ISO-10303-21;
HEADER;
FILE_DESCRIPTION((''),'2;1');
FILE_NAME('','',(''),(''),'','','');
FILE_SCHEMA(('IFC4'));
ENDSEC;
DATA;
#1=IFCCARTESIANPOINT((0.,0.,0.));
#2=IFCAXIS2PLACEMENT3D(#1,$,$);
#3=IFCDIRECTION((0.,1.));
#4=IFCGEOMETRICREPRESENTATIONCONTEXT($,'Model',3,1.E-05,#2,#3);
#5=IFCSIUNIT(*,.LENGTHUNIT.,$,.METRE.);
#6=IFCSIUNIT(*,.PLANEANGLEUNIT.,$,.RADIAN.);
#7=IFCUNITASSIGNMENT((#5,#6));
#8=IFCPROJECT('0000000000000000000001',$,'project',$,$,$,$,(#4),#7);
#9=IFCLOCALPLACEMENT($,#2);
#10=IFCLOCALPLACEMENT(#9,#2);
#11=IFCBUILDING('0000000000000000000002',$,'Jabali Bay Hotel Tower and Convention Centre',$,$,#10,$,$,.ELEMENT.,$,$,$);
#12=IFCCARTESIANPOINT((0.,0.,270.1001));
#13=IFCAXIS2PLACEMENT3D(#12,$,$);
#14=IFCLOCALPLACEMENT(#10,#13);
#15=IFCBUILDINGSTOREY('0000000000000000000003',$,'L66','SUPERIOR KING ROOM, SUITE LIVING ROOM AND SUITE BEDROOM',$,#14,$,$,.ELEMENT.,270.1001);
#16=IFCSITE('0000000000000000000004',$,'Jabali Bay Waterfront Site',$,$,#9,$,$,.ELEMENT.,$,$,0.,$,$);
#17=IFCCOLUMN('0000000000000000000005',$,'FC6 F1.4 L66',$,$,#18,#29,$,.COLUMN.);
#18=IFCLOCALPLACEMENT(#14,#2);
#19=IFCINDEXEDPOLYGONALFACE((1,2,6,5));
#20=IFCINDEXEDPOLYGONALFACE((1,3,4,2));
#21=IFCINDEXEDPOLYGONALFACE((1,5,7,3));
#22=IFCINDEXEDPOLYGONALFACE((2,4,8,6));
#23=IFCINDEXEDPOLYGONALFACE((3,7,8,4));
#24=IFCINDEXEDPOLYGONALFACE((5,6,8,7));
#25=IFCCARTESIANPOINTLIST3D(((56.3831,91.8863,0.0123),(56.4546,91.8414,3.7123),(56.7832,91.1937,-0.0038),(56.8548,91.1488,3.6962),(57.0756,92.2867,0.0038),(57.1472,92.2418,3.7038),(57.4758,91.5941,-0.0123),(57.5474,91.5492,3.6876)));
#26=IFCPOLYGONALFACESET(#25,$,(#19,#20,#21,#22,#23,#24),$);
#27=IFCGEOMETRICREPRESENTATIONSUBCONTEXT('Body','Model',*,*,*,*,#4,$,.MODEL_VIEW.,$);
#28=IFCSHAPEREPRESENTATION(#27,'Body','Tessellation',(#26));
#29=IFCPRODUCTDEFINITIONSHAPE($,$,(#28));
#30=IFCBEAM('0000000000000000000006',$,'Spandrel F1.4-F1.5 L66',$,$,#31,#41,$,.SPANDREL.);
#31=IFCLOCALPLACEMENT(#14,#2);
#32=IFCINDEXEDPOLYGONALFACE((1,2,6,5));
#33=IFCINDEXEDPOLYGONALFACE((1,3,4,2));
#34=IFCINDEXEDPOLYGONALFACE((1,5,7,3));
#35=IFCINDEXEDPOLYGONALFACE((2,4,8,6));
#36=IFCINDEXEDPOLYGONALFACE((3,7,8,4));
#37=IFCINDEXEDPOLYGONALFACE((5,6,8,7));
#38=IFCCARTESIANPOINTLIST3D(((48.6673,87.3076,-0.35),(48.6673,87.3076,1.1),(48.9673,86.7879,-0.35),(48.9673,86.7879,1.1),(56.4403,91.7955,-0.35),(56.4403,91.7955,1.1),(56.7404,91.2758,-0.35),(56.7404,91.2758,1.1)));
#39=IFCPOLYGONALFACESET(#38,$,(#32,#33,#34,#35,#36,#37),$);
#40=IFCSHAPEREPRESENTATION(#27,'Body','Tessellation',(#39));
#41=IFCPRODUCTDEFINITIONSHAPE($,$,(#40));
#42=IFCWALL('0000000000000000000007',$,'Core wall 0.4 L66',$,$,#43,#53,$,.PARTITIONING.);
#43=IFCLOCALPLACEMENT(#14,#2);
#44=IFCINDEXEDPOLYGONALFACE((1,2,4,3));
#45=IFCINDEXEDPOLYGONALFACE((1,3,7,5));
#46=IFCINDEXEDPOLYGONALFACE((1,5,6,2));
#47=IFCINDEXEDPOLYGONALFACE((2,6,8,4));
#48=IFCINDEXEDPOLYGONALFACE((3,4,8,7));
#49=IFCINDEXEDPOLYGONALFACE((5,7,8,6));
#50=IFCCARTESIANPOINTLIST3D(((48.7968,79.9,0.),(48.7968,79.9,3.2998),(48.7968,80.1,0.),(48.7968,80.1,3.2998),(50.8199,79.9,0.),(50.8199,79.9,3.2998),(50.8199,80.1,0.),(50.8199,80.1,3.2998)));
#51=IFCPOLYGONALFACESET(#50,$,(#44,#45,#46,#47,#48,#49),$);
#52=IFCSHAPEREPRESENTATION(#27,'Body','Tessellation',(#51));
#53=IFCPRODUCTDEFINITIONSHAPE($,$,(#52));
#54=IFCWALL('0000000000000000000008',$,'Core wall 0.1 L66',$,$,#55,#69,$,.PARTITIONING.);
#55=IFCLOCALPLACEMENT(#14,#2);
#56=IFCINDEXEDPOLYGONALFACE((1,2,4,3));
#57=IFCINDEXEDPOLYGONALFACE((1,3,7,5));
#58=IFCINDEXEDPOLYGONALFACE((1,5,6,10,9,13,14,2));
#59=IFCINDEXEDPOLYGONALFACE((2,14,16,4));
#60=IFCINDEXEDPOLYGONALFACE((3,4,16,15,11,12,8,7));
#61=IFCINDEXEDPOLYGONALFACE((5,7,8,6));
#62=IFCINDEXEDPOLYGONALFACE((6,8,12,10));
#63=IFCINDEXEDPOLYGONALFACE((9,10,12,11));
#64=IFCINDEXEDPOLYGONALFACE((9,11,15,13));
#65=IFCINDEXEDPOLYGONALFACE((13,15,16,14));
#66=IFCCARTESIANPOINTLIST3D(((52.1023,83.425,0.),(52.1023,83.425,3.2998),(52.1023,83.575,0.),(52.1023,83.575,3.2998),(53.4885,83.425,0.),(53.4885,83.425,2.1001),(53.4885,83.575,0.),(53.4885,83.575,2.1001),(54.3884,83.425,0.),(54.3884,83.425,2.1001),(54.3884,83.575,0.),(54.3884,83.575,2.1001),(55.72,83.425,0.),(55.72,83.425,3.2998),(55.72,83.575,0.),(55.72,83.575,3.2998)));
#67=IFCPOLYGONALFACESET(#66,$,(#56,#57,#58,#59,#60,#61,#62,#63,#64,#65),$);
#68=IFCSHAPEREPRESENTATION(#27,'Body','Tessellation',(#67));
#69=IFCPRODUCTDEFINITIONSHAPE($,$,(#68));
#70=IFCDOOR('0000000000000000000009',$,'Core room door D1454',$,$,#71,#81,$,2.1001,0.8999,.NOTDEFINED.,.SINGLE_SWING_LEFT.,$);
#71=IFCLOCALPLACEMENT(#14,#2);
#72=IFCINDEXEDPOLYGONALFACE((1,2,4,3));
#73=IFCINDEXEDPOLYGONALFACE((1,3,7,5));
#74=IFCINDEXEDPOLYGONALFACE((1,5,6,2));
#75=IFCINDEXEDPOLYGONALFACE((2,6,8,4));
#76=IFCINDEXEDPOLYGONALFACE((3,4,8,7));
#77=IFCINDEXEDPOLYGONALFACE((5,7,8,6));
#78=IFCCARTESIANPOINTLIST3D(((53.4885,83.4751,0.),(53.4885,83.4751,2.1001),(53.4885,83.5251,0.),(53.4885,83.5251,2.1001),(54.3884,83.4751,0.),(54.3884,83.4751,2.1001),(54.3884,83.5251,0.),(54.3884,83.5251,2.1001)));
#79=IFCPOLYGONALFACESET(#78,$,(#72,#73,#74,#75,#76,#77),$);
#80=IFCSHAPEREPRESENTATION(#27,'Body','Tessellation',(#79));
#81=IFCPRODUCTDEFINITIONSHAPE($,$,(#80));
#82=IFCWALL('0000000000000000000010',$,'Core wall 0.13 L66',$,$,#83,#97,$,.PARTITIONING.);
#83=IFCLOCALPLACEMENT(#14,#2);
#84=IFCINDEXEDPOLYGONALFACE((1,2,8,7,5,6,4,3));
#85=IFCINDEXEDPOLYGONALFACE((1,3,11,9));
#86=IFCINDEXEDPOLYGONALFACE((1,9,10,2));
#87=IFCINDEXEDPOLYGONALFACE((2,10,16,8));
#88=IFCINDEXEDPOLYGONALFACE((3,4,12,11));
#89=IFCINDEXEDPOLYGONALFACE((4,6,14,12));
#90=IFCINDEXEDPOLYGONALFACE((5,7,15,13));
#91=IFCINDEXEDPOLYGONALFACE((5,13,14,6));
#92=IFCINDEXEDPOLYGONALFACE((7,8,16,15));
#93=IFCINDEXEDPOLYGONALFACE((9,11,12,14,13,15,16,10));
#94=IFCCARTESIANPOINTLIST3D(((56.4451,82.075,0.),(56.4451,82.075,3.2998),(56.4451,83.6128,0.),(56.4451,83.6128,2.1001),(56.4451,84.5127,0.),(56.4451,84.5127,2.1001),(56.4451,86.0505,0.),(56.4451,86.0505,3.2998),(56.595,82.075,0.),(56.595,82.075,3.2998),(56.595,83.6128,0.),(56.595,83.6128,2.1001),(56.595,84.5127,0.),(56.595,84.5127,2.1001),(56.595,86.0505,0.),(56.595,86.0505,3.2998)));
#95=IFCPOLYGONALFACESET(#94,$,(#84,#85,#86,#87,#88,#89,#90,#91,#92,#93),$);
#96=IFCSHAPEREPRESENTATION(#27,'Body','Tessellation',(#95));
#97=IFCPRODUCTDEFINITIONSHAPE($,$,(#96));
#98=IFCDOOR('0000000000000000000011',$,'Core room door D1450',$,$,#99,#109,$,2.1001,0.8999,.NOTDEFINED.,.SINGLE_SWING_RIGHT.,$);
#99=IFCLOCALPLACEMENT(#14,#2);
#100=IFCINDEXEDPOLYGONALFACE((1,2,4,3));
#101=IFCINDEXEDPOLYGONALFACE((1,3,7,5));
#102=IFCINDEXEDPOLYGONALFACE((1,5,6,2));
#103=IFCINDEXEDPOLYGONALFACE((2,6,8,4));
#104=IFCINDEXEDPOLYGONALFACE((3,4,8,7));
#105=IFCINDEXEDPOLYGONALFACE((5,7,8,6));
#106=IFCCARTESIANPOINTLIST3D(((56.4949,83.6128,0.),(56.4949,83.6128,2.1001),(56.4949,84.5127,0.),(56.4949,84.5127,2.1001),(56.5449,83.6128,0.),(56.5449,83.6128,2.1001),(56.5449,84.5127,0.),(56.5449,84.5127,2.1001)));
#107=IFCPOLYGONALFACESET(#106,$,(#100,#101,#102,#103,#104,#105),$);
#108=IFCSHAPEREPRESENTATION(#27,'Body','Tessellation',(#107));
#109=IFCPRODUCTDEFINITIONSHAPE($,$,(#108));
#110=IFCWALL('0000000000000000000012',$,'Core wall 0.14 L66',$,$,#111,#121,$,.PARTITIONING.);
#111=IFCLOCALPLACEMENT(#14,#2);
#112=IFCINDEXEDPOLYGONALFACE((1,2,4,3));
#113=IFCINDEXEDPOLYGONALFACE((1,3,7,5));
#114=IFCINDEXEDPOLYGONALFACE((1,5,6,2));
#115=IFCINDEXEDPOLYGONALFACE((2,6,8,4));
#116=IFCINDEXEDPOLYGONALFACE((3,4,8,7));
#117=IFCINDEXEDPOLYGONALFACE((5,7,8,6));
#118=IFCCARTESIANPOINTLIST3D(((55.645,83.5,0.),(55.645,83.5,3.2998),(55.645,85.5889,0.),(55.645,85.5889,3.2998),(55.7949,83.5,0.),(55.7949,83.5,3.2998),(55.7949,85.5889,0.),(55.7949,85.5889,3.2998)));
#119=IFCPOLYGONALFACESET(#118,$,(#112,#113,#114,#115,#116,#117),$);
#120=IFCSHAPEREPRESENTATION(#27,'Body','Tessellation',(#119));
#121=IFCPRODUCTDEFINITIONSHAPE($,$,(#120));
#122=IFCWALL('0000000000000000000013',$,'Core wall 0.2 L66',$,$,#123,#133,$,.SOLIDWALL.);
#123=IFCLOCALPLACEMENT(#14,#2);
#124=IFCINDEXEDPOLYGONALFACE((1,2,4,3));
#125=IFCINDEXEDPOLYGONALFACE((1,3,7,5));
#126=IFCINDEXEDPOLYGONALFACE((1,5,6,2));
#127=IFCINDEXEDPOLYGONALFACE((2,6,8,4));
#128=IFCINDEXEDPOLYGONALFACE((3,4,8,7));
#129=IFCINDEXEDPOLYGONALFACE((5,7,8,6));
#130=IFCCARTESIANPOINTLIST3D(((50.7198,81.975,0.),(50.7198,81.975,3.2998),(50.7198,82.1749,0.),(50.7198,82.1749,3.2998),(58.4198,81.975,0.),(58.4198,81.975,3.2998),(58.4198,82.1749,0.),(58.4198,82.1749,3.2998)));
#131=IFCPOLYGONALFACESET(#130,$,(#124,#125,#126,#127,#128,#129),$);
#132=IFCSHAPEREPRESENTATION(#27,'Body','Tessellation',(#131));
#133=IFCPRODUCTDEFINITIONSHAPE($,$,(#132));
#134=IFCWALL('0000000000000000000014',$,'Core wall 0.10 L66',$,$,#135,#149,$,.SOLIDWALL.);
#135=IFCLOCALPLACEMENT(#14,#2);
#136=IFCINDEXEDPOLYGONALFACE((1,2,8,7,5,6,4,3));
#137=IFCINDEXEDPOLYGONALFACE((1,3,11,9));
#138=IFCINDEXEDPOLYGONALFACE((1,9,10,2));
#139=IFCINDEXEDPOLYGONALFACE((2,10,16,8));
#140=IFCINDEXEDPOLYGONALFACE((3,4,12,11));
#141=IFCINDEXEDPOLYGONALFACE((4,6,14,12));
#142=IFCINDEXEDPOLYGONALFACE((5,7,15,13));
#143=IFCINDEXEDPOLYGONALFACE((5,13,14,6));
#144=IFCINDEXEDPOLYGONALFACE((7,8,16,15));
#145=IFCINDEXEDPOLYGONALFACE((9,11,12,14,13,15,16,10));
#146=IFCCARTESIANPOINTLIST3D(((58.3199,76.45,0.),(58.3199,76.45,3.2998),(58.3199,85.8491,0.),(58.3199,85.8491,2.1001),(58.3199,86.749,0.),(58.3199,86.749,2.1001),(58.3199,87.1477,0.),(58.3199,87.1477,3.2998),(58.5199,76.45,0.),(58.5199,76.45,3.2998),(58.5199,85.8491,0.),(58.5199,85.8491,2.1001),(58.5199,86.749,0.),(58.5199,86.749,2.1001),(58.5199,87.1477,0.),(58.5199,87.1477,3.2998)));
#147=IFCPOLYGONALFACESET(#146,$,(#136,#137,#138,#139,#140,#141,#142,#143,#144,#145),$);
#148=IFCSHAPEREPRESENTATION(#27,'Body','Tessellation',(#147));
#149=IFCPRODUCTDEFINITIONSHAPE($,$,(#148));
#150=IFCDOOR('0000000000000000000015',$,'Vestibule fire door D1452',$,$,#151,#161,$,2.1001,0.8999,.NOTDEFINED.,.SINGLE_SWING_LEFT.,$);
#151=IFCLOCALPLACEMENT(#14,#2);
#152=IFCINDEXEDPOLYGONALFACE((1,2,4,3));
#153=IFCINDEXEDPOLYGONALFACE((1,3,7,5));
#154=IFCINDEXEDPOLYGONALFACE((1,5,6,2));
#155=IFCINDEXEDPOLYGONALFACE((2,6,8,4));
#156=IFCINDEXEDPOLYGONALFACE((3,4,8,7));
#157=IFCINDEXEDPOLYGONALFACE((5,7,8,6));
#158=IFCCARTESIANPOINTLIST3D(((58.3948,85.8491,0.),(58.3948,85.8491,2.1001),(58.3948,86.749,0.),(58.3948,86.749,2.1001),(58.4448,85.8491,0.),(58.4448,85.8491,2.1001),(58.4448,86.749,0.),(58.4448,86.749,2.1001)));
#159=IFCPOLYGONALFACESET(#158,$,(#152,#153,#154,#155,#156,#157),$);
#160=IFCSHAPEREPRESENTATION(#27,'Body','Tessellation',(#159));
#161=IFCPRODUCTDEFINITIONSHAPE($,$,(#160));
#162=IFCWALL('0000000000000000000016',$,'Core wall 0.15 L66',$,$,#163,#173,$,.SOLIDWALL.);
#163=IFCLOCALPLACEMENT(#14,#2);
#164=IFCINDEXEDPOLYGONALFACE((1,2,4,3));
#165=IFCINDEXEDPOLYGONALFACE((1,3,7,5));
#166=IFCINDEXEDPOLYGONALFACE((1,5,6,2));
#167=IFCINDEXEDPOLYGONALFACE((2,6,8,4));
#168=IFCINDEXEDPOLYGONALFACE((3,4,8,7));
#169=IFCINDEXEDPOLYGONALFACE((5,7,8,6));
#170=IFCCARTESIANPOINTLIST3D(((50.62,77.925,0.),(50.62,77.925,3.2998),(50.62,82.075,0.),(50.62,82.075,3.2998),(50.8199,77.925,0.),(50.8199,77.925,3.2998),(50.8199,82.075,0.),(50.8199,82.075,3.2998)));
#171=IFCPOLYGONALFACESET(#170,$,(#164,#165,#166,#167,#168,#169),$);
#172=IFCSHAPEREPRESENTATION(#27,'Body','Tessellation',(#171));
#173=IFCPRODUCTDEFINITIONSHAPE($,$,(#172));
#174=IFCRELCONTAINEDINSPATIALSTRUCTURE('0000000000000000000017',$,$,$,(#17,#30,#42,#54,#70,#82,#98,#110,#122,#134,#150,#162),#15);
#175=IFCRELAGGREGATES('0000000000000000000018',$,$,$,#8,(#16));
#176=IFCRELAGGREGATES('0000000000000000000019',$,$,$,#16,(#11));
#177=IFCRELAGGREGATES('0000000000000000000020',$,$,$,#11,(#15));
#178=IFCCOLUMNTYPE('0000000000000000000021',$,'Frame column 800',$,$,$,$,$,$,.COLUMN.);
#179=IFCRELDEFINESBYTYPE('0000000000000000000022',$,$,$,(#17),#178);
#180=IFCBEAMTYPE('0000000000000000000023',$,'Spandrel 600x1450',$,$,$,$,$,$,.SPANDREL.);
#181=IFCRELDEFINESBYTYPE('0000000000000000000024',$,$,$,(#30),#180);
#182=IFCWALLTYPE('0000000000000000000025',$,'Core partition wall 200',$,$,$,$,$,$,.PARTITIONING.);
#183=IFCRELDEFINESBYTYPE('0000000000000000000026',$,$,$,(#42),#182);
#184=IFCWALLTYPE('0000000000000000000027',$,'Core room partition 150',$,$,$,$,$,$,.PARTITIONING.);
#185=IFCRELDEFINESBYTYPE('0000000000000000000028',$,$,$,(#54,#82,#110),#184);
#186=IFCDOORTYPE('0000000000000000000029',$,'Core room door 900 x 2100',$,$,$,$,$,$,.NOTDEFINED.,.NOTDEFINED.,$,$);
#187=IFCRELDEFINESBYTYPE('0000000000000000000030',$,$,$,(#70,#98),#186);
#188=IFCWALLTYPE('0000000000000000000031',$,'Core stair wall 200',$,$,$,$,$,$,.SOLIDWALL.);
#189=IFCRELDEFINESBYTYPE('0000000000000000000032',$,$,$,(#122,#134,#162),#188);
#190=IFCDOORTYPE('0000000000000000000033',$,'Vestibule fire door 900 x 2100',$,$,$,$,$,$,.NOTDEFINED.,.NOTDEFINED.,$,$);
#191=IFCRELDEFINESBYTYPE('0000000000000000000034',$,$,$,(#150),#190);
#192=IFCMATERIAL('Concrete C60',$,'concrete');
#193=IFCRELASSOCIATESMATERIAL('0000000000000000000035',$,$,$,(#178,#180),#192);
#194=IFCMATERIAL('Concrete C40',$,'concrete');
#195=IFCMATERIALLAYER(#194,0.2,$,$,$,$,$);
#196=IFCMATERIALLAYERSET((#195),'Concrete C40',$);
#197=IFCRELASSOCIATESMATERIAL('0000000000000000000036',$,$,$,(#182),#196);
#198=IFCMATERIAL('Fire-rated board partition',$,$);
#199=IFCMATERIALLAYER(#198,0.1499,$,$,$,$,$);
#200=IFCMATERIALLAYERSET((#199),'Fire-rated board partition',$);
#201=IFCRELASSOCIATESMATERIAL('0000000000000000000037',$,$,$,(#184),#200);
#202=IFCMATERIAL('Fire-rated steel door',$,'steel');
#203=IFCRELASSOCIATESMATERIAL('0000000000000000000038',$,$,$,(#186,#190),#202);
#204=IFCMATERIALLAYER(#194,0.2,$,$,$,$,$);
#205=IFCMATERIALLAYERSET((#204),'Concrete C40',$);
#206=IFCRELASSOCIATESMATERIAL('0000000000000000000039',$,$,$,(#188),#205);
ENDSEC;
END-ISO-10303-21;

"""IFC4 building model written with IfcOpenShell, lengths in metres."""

from ifc_helpers import new_model, si_unit, direction, frame, frame_2d, origin, origin_2d, place, context, subcontext, project, spatial, rectangle, extrude, material, layer, layer_set, material_profile, profile_set, type_object, element, fill, save


model = new_model("IFC4")

# Units and contexts
model_context = context("Model", 3, precision=1e-05, world=origin(), true_north=direction((0.0, 1.0)))
body_context = subcontext(model_context, "Body", "Model", "MODEL_VIEW")
ifc_project = project(units=[si_unit("LENGTHUNIT", "METRE"), si_unit("PLANEANGLEUNIT", "RADIAN")], contexts=[model_context])

# Site, building, storey
site_placement = place(None, origin())
site = spatial("IfcSite", under=ifc_project, at=site_placement, Name="Jabali Bay Waterfront Site", CompositionType="ELEMENT", RefElevation=0.0)
building_placement = place(site_placement, origin())
building = spatial("IfcBuilding", under=site, at=building_placement, Name="Jabali Bay Hotel Tower and Convention Centre", CompositionType="ELEMENT")
storey_placement = place(building_placement, frame((0.0, 0.0, 270.1001)))
storey = spatial("IfcBuildingStorey", under=building, at=storey_placement, Name="L66", Description="SUPERIOR KING ROOM, SUITE LIVING ROOM AND SUITE BEDROOM", CompositionType="ELEMENT", Elevation=270.1001)

# Column
ifc_material_1 = material(Name="Concrete C60", Category="concrete")
ifc_material_profile_1 = material_profile(ifc_material_1, rectangle(XDim=0.8, YDim=0.8, at=origin_2d()), Name="Frame column 800")
ifc_profile_set_1 = profile_set([ifc_material_profile_1], Name="Concrete C60")
column_type = type_object("IfcColumnType", Name="Frame column 800", PredefinedType="COLUMN", material=ifc_profile_set_1)
column_placement = place(storey_placement, frame((56.9294, 91.7402, 0.0), z_axis=(0.019329, -0.012138, 0.99974), x_axis=(-0.500206, 0.865671, 0.020181)))
element("IfcColumn", 1, at=column_placement, inside=storey, type_object=column_type, Name="FC6 F1.4 L66", PredefinedType="COLUMN", context=body_context, shape_type="SweptSolid", body=[
    extrude(rectangle(XDim=0.8, YDim=0.8, at=origin_2d()), origin(), (0.0, 0.0, 1.0), 3.7009),
])

# Beam
ifc_material_profile_2 = material_profile(ifc_material_1, rectangle(XDim=0.6001, YDim=1.45, at=origin_2d()), Name="Spandrel 600x1450")
ifc_profile_set_2 = profile_set([ifc_material_profile_2], Name="Concrete C60")
beam_type = type_object("IfcBeamType", Name="Spandrel 600x1450", PredefinedType="SPANDREL", material=ifc_profile_set_2)
beam_placement = place(storey_placement, frame((56.5903, 91.5356, 0.375), z_axis=(-0.866022, -0.500007, 0.0), x_axis=(0.500007, -0.866022, 0.0)))
element("IfcBeam", 2, at=beam_placement, inside=storey, type_object=beam_type, Name="Spandrel F1.4-F1.5 L66", PredefinedType="SPANDREL", context=body_context, shape_type="SweptSolid", body=[
    extrude(rectangle(XDim=0.6001, YDim=1.45, at=origin_2d()), origin(), (0.0, 0.0, 1.0), 8.9756),
])

# Wall
ifc_material_2 = material(Name="Concrete C40", Category="concrete")
ifc_layer_1 = layer(ifc_material_2, 0.2)
ifc_layer_set_1 = layer_set([ifc_layer_1], Name="Concrete C40")
wall_type_1 = type_object("IfcWallType", Name="Core partition wall 200", PredefinedType="PARTITIONING", material=ifc_layer_set_1)
wall_1_placement = place(storey_placement, frame((50.8201, 80.0, 0.0), z_axis=(0.0, 0.0, 1.0), x_axis=(-1.0, 0.0, 0.0)))
element("IfcWall", 3, at=wall_1_placement, inside=storey, type_object=wall_type_1, Name="Core wall 0.4 L66", PredefinedType="PARTITIONING", context=body_context, shape_type="SweptSolid", body=[
    extrude(rectangle(XDim=2.0232, YDim=0.2, at=frame_2d((1.0117, 0.0))), origin(), (0.0, 0.0, 1.0), 3.2998),
])

# Walls, openings, doors
ifc_material_3 = material(Name="Fire-rated board partition")
ifc_layer_2 = layer(ifc_material_3, 0.1499)
ifc_layer_set_2 = layer_set([ifc_layer_2], Name="Fire-rated board partition")
wall_type_2 = type_object("IfcWallType", Name="Core room partition 150", PredefinedType="PARTITIONING", material=ifc_layer_set_2)
wall_2_placement = place(storey_placement, frame((55.72, 83.5, 0.0), z_axis=(0.0, 0.0, 1.0), x_axis=(-1.0, 0.0, 0.0)))
wall_2 = element("IfcWall", 4, at=wall_2_placement, inside=storey, type_object=wall_type_2, Name="Core wall 0.1 L66", PredefinedType="PARTITIONING", context=body_context, shape_type="SweptSolid", body=[
    extrude(rectangle(XDim=3.6177, YDim=0.1499, at=frame_2d((1.8088, 0.0))), origin(), (0.0, 0.0, 1.0), 3.2998),
])
opening_1_placement = place(wall_2_placement, frame((1.3315, 0.0, 0.0)))
opening_1 = element("IfcOpeningElement", 5, at=opening_1_placement, cuts=wall_2, PredefinedType="OPENING", context=body_context, shape_type="SweptSolid", body=[
    extrude(rectangle(XDim=0.8999, YDim=2.1001, at=frame_2d((0.45, 1.05))), frame((0.0, 0.0854, 0.0), z_axis=(0.0, -1.0, 0.0), x_axis=(1.0, 0.0, 0.0)), (0.0, 0.0, 1.0), 0.1709),
])
ifc_material_4 = material(Name="Fire-rated steel door", Category="steel")
door_type_1 = type_object("IfcDoorType", Name="Core room door 900 x 2100", OperationType="NOTDEFINED", PredefinedType="NOTDEFINED", material=ifc_material_4)
door_1_placement = place(opening_1_placement, origin())
door_1 = element("IfcDoor", 6, at=door_1_placement, inside=storey, type_object=door_type_1, Name="Core room door D1454", OperationType="SINGLE_SWING_LEFT", OverallHeight=2.1001, OverallWidth=0.8999, PredefinedType="NOTDEFINED", context=body_context, shape_type="SweptSolid", body=[
    extrude(rectangle(XDim=0.8999, YDim=2.1001, at=frame_2d((0.45, 1.05))), frame((0.0, 0.0249, 0.0), z_axis=(0.0, -1.0, 0.0), x_axis=(1.0, 0.0, 0.0)), (0.0, 0.0, 1.0), 0.05),
])
fill(opening_1, door_1)
wall_3_placement = place(storey_placement, frame((56.52, 86.0505, 0.0), z_axis=(0.0, 0.0, 1.0), x_axis=(0.0, -1.0, 0.0)))
wall_3 = element("IfcWall", 7, at=wall_3_placement, inside=storey, type_object=wall_type_2, Name="Core wall 0.13 L66", PredefinedType="PARTITIONING", context=body_context, shape_type="SweptSolid", body=[
    extrude(rectangle(XDim=3.9756, YDim=0.1499, at=frame_2d((1.9878, 0.0))), origin(), (0.0, 0.0, 1.0), 3.2998),
])
opening_2_placement = place(wall_3_placement, frame((1.5378, 0.0, 0.0)))
opening_2 = element("IfcOpeningElement", 8, at=opening_2_placement, cuts=wall_3, PredefinedType="OPENING", context=body_context, shape_type="SweptSolid", body=[
    extrude(rectangle(XDim=0.8999, YDim=2.1001, at=frame_2d((0.45, 1.05))), frame((0.0, 0.0854, 0.0), z_axis=(0.0, -1.0, 0.0), x_axis=(1.0, 0.0, 0.0)), (0.0, 0.0, 1.0), 0.1709),
])
door_2_placement = place(opening_2_placement, origin())
door_2 = element("IfcDoor", 9, at=door_2_placement, inside=storey, type_object=door_type_1, Name="Core room door D1450", OperationType="SINGLE_SWING_RIGHT", OverallHeight=2.1001, OverallWidth=0.8999, PredefinedType="NOTDEFINED", context=body_context, shape_type="SweptSolid", body=[
    extrude(rectangle(XDim=0.8999, YDim=2.1001, at=frame_2d((0.45, 1.05))), frame((0.0, 0.0249, 0.0), z_axis=(0.0, -1.0, 0.0), x_axis=(1.0, 0.0, 0.0)), (0.0, 0.0, 1.0), 0.05),
])
fill(opening_2, door_2)

# Walls
wall_4_placement = place(storey_placement, frame((55.72, 85.5889, 0.0), z_axis=(0.0, 0.0, 1.0), x_axis=(0.0, -1.0, 0.0)))
element("IfcWall", 10, at=wall_4_placement, inside=storey, type_object=wall_type_2, Name="Core wall 0.14 L66", PredefinedType="PARTITIONING", context=body_context, shape_type="SweptSolid", body=[
    extrude(rectangle(XDim=2.0889, YDim=0.1499, at=frame_2d((1.0444, 0.0))), origin(), (0.0, 0.0, 1.0), 3.2998),
])
ifc_layer_3 = layer(ifc_material_2, 0.2)
ifc_layer_set_3 = layer_set([ifc_layer_3], Name="Concrete C40")
wall_type_3 = type_object("IfcWallType", Name="Core stair wall 200", PredefinedType="SOLIDWALL", material=ifc_layer_set_3)
wall_5_placement = place(storey_placement, frame((58.4199, 82.075, 0.0), z_axis=(0.0, 0.0, 1.0), x_axis=(-1.0, 0.0, 0.0)))
element("IfcWall", 11, at=wall_5_placement, inside=storey, type_object=wall_type_3, Name="Core wall 0.2 L66", PredefinedType="SOLIDWALL", context=body_context, shape_type="SweptSolid", body=[
    extrude(rectangle(XDim=7.7, YDim=0.2, at=frame_2d((3.8501, 0.0))), origin(), (0.0, 0.0, 1.0), 3.2998),
])

# Wall, opening, door
wall_6_placement = place(storey_placement, frame((58.4199, 87.1477, 0.0), z_axis=(0.0, 0.0, 1.0), x_axis=(0.0, -1.0, 0.0)))
wall_6 = element("IfcWall", 12, at=wall_6_placement, inside=storey, type_object=wall_type_3, Name="Core wall 0.10 L66", PredefinedType="SOLIDWALL", context=body_context, shape_type="SweptSolid", body=[
    extrude(rectangle(XDim=10.6978, YDim=0.2, at=frame_2d((5.3489, 0.0))), origin(), (0.0, 0.0, 1.0), 3.2998),
])
opening_3_placement = place(wall_6_placement, frame((0.3987, 0.0, 0.0)))
opening_3 = element("IfcOpeningElement", 13, at=opening_3_placement, cuts=wall_6, PredefinedType="OPENING", context=body_context, shape_type="SweptSolid", body=[
    extrude(rectangle(XDim=0.8999, YDim=2.1001, at=frame_2d((0.45, 1.05))), frame((0.0, 0.1104, 0.0), z_axis=(0.0, -1.0, 0.0), x_axis=(1.0, 0.0, 0.0)), (0.0, 0.0, 1.0), 0.2209),
])
door_type_2 = type_object("IfcDoorType", Name="Vestibule fire door 900 x 2100", OperationType="NOTDEFINED", PredefinedType="NOTDEFINED", material=ifc_material_4)
door_3_placement = place(opening_3_placement, origin())
door_3 = element("IfcDoor", 14, at=door_3_placement, inside=storey, type_object=door_type_2, Name="Vestibule fire door D1452", OperationType="SINGLE_SWING_LEFT", OverallHeight=2.1001, OverallWidth=0.8999, PredefinedType="NOTDEFINED", context=body_context, shape_type="SweptSolid", body=[
    extrude(rectangle(XDim=0.8999, YDim=2.1001, at=frame_2d((0.45, 1.05))), frame((0.0, 0.0249, 0.0), z_axis=(0.0, -1.0, 0.0), x_axis=(1.0, 0.0, 0.0)), (0.0, 0.0, 1.0), 0.05),
])
fill(opening_3, door_3)

# Wall
wall_7_placement = place(storey_placement, frame((50.72, 82.075, 0.0), z_axis=(0.0, 0.0, 1.0), x_axis=(0.0, -1.0, 0.0)))
element("IfcWall", 15, at=wall_7_placement, inside=storey, type_object=wall_type_3, Name="Core wall 0.15 L66", PredefinedType="SOLIDWALL", context=body_context, shape_type="SweptSolid", body=[
    extrude(rectangle(XDim=4.1499, YDim=0.2, at=frame_2d((2.075, 0.0))), origin(), (0.0, 0.0, 1.0), 3.2998),
])

save(model, "model.ifc")
